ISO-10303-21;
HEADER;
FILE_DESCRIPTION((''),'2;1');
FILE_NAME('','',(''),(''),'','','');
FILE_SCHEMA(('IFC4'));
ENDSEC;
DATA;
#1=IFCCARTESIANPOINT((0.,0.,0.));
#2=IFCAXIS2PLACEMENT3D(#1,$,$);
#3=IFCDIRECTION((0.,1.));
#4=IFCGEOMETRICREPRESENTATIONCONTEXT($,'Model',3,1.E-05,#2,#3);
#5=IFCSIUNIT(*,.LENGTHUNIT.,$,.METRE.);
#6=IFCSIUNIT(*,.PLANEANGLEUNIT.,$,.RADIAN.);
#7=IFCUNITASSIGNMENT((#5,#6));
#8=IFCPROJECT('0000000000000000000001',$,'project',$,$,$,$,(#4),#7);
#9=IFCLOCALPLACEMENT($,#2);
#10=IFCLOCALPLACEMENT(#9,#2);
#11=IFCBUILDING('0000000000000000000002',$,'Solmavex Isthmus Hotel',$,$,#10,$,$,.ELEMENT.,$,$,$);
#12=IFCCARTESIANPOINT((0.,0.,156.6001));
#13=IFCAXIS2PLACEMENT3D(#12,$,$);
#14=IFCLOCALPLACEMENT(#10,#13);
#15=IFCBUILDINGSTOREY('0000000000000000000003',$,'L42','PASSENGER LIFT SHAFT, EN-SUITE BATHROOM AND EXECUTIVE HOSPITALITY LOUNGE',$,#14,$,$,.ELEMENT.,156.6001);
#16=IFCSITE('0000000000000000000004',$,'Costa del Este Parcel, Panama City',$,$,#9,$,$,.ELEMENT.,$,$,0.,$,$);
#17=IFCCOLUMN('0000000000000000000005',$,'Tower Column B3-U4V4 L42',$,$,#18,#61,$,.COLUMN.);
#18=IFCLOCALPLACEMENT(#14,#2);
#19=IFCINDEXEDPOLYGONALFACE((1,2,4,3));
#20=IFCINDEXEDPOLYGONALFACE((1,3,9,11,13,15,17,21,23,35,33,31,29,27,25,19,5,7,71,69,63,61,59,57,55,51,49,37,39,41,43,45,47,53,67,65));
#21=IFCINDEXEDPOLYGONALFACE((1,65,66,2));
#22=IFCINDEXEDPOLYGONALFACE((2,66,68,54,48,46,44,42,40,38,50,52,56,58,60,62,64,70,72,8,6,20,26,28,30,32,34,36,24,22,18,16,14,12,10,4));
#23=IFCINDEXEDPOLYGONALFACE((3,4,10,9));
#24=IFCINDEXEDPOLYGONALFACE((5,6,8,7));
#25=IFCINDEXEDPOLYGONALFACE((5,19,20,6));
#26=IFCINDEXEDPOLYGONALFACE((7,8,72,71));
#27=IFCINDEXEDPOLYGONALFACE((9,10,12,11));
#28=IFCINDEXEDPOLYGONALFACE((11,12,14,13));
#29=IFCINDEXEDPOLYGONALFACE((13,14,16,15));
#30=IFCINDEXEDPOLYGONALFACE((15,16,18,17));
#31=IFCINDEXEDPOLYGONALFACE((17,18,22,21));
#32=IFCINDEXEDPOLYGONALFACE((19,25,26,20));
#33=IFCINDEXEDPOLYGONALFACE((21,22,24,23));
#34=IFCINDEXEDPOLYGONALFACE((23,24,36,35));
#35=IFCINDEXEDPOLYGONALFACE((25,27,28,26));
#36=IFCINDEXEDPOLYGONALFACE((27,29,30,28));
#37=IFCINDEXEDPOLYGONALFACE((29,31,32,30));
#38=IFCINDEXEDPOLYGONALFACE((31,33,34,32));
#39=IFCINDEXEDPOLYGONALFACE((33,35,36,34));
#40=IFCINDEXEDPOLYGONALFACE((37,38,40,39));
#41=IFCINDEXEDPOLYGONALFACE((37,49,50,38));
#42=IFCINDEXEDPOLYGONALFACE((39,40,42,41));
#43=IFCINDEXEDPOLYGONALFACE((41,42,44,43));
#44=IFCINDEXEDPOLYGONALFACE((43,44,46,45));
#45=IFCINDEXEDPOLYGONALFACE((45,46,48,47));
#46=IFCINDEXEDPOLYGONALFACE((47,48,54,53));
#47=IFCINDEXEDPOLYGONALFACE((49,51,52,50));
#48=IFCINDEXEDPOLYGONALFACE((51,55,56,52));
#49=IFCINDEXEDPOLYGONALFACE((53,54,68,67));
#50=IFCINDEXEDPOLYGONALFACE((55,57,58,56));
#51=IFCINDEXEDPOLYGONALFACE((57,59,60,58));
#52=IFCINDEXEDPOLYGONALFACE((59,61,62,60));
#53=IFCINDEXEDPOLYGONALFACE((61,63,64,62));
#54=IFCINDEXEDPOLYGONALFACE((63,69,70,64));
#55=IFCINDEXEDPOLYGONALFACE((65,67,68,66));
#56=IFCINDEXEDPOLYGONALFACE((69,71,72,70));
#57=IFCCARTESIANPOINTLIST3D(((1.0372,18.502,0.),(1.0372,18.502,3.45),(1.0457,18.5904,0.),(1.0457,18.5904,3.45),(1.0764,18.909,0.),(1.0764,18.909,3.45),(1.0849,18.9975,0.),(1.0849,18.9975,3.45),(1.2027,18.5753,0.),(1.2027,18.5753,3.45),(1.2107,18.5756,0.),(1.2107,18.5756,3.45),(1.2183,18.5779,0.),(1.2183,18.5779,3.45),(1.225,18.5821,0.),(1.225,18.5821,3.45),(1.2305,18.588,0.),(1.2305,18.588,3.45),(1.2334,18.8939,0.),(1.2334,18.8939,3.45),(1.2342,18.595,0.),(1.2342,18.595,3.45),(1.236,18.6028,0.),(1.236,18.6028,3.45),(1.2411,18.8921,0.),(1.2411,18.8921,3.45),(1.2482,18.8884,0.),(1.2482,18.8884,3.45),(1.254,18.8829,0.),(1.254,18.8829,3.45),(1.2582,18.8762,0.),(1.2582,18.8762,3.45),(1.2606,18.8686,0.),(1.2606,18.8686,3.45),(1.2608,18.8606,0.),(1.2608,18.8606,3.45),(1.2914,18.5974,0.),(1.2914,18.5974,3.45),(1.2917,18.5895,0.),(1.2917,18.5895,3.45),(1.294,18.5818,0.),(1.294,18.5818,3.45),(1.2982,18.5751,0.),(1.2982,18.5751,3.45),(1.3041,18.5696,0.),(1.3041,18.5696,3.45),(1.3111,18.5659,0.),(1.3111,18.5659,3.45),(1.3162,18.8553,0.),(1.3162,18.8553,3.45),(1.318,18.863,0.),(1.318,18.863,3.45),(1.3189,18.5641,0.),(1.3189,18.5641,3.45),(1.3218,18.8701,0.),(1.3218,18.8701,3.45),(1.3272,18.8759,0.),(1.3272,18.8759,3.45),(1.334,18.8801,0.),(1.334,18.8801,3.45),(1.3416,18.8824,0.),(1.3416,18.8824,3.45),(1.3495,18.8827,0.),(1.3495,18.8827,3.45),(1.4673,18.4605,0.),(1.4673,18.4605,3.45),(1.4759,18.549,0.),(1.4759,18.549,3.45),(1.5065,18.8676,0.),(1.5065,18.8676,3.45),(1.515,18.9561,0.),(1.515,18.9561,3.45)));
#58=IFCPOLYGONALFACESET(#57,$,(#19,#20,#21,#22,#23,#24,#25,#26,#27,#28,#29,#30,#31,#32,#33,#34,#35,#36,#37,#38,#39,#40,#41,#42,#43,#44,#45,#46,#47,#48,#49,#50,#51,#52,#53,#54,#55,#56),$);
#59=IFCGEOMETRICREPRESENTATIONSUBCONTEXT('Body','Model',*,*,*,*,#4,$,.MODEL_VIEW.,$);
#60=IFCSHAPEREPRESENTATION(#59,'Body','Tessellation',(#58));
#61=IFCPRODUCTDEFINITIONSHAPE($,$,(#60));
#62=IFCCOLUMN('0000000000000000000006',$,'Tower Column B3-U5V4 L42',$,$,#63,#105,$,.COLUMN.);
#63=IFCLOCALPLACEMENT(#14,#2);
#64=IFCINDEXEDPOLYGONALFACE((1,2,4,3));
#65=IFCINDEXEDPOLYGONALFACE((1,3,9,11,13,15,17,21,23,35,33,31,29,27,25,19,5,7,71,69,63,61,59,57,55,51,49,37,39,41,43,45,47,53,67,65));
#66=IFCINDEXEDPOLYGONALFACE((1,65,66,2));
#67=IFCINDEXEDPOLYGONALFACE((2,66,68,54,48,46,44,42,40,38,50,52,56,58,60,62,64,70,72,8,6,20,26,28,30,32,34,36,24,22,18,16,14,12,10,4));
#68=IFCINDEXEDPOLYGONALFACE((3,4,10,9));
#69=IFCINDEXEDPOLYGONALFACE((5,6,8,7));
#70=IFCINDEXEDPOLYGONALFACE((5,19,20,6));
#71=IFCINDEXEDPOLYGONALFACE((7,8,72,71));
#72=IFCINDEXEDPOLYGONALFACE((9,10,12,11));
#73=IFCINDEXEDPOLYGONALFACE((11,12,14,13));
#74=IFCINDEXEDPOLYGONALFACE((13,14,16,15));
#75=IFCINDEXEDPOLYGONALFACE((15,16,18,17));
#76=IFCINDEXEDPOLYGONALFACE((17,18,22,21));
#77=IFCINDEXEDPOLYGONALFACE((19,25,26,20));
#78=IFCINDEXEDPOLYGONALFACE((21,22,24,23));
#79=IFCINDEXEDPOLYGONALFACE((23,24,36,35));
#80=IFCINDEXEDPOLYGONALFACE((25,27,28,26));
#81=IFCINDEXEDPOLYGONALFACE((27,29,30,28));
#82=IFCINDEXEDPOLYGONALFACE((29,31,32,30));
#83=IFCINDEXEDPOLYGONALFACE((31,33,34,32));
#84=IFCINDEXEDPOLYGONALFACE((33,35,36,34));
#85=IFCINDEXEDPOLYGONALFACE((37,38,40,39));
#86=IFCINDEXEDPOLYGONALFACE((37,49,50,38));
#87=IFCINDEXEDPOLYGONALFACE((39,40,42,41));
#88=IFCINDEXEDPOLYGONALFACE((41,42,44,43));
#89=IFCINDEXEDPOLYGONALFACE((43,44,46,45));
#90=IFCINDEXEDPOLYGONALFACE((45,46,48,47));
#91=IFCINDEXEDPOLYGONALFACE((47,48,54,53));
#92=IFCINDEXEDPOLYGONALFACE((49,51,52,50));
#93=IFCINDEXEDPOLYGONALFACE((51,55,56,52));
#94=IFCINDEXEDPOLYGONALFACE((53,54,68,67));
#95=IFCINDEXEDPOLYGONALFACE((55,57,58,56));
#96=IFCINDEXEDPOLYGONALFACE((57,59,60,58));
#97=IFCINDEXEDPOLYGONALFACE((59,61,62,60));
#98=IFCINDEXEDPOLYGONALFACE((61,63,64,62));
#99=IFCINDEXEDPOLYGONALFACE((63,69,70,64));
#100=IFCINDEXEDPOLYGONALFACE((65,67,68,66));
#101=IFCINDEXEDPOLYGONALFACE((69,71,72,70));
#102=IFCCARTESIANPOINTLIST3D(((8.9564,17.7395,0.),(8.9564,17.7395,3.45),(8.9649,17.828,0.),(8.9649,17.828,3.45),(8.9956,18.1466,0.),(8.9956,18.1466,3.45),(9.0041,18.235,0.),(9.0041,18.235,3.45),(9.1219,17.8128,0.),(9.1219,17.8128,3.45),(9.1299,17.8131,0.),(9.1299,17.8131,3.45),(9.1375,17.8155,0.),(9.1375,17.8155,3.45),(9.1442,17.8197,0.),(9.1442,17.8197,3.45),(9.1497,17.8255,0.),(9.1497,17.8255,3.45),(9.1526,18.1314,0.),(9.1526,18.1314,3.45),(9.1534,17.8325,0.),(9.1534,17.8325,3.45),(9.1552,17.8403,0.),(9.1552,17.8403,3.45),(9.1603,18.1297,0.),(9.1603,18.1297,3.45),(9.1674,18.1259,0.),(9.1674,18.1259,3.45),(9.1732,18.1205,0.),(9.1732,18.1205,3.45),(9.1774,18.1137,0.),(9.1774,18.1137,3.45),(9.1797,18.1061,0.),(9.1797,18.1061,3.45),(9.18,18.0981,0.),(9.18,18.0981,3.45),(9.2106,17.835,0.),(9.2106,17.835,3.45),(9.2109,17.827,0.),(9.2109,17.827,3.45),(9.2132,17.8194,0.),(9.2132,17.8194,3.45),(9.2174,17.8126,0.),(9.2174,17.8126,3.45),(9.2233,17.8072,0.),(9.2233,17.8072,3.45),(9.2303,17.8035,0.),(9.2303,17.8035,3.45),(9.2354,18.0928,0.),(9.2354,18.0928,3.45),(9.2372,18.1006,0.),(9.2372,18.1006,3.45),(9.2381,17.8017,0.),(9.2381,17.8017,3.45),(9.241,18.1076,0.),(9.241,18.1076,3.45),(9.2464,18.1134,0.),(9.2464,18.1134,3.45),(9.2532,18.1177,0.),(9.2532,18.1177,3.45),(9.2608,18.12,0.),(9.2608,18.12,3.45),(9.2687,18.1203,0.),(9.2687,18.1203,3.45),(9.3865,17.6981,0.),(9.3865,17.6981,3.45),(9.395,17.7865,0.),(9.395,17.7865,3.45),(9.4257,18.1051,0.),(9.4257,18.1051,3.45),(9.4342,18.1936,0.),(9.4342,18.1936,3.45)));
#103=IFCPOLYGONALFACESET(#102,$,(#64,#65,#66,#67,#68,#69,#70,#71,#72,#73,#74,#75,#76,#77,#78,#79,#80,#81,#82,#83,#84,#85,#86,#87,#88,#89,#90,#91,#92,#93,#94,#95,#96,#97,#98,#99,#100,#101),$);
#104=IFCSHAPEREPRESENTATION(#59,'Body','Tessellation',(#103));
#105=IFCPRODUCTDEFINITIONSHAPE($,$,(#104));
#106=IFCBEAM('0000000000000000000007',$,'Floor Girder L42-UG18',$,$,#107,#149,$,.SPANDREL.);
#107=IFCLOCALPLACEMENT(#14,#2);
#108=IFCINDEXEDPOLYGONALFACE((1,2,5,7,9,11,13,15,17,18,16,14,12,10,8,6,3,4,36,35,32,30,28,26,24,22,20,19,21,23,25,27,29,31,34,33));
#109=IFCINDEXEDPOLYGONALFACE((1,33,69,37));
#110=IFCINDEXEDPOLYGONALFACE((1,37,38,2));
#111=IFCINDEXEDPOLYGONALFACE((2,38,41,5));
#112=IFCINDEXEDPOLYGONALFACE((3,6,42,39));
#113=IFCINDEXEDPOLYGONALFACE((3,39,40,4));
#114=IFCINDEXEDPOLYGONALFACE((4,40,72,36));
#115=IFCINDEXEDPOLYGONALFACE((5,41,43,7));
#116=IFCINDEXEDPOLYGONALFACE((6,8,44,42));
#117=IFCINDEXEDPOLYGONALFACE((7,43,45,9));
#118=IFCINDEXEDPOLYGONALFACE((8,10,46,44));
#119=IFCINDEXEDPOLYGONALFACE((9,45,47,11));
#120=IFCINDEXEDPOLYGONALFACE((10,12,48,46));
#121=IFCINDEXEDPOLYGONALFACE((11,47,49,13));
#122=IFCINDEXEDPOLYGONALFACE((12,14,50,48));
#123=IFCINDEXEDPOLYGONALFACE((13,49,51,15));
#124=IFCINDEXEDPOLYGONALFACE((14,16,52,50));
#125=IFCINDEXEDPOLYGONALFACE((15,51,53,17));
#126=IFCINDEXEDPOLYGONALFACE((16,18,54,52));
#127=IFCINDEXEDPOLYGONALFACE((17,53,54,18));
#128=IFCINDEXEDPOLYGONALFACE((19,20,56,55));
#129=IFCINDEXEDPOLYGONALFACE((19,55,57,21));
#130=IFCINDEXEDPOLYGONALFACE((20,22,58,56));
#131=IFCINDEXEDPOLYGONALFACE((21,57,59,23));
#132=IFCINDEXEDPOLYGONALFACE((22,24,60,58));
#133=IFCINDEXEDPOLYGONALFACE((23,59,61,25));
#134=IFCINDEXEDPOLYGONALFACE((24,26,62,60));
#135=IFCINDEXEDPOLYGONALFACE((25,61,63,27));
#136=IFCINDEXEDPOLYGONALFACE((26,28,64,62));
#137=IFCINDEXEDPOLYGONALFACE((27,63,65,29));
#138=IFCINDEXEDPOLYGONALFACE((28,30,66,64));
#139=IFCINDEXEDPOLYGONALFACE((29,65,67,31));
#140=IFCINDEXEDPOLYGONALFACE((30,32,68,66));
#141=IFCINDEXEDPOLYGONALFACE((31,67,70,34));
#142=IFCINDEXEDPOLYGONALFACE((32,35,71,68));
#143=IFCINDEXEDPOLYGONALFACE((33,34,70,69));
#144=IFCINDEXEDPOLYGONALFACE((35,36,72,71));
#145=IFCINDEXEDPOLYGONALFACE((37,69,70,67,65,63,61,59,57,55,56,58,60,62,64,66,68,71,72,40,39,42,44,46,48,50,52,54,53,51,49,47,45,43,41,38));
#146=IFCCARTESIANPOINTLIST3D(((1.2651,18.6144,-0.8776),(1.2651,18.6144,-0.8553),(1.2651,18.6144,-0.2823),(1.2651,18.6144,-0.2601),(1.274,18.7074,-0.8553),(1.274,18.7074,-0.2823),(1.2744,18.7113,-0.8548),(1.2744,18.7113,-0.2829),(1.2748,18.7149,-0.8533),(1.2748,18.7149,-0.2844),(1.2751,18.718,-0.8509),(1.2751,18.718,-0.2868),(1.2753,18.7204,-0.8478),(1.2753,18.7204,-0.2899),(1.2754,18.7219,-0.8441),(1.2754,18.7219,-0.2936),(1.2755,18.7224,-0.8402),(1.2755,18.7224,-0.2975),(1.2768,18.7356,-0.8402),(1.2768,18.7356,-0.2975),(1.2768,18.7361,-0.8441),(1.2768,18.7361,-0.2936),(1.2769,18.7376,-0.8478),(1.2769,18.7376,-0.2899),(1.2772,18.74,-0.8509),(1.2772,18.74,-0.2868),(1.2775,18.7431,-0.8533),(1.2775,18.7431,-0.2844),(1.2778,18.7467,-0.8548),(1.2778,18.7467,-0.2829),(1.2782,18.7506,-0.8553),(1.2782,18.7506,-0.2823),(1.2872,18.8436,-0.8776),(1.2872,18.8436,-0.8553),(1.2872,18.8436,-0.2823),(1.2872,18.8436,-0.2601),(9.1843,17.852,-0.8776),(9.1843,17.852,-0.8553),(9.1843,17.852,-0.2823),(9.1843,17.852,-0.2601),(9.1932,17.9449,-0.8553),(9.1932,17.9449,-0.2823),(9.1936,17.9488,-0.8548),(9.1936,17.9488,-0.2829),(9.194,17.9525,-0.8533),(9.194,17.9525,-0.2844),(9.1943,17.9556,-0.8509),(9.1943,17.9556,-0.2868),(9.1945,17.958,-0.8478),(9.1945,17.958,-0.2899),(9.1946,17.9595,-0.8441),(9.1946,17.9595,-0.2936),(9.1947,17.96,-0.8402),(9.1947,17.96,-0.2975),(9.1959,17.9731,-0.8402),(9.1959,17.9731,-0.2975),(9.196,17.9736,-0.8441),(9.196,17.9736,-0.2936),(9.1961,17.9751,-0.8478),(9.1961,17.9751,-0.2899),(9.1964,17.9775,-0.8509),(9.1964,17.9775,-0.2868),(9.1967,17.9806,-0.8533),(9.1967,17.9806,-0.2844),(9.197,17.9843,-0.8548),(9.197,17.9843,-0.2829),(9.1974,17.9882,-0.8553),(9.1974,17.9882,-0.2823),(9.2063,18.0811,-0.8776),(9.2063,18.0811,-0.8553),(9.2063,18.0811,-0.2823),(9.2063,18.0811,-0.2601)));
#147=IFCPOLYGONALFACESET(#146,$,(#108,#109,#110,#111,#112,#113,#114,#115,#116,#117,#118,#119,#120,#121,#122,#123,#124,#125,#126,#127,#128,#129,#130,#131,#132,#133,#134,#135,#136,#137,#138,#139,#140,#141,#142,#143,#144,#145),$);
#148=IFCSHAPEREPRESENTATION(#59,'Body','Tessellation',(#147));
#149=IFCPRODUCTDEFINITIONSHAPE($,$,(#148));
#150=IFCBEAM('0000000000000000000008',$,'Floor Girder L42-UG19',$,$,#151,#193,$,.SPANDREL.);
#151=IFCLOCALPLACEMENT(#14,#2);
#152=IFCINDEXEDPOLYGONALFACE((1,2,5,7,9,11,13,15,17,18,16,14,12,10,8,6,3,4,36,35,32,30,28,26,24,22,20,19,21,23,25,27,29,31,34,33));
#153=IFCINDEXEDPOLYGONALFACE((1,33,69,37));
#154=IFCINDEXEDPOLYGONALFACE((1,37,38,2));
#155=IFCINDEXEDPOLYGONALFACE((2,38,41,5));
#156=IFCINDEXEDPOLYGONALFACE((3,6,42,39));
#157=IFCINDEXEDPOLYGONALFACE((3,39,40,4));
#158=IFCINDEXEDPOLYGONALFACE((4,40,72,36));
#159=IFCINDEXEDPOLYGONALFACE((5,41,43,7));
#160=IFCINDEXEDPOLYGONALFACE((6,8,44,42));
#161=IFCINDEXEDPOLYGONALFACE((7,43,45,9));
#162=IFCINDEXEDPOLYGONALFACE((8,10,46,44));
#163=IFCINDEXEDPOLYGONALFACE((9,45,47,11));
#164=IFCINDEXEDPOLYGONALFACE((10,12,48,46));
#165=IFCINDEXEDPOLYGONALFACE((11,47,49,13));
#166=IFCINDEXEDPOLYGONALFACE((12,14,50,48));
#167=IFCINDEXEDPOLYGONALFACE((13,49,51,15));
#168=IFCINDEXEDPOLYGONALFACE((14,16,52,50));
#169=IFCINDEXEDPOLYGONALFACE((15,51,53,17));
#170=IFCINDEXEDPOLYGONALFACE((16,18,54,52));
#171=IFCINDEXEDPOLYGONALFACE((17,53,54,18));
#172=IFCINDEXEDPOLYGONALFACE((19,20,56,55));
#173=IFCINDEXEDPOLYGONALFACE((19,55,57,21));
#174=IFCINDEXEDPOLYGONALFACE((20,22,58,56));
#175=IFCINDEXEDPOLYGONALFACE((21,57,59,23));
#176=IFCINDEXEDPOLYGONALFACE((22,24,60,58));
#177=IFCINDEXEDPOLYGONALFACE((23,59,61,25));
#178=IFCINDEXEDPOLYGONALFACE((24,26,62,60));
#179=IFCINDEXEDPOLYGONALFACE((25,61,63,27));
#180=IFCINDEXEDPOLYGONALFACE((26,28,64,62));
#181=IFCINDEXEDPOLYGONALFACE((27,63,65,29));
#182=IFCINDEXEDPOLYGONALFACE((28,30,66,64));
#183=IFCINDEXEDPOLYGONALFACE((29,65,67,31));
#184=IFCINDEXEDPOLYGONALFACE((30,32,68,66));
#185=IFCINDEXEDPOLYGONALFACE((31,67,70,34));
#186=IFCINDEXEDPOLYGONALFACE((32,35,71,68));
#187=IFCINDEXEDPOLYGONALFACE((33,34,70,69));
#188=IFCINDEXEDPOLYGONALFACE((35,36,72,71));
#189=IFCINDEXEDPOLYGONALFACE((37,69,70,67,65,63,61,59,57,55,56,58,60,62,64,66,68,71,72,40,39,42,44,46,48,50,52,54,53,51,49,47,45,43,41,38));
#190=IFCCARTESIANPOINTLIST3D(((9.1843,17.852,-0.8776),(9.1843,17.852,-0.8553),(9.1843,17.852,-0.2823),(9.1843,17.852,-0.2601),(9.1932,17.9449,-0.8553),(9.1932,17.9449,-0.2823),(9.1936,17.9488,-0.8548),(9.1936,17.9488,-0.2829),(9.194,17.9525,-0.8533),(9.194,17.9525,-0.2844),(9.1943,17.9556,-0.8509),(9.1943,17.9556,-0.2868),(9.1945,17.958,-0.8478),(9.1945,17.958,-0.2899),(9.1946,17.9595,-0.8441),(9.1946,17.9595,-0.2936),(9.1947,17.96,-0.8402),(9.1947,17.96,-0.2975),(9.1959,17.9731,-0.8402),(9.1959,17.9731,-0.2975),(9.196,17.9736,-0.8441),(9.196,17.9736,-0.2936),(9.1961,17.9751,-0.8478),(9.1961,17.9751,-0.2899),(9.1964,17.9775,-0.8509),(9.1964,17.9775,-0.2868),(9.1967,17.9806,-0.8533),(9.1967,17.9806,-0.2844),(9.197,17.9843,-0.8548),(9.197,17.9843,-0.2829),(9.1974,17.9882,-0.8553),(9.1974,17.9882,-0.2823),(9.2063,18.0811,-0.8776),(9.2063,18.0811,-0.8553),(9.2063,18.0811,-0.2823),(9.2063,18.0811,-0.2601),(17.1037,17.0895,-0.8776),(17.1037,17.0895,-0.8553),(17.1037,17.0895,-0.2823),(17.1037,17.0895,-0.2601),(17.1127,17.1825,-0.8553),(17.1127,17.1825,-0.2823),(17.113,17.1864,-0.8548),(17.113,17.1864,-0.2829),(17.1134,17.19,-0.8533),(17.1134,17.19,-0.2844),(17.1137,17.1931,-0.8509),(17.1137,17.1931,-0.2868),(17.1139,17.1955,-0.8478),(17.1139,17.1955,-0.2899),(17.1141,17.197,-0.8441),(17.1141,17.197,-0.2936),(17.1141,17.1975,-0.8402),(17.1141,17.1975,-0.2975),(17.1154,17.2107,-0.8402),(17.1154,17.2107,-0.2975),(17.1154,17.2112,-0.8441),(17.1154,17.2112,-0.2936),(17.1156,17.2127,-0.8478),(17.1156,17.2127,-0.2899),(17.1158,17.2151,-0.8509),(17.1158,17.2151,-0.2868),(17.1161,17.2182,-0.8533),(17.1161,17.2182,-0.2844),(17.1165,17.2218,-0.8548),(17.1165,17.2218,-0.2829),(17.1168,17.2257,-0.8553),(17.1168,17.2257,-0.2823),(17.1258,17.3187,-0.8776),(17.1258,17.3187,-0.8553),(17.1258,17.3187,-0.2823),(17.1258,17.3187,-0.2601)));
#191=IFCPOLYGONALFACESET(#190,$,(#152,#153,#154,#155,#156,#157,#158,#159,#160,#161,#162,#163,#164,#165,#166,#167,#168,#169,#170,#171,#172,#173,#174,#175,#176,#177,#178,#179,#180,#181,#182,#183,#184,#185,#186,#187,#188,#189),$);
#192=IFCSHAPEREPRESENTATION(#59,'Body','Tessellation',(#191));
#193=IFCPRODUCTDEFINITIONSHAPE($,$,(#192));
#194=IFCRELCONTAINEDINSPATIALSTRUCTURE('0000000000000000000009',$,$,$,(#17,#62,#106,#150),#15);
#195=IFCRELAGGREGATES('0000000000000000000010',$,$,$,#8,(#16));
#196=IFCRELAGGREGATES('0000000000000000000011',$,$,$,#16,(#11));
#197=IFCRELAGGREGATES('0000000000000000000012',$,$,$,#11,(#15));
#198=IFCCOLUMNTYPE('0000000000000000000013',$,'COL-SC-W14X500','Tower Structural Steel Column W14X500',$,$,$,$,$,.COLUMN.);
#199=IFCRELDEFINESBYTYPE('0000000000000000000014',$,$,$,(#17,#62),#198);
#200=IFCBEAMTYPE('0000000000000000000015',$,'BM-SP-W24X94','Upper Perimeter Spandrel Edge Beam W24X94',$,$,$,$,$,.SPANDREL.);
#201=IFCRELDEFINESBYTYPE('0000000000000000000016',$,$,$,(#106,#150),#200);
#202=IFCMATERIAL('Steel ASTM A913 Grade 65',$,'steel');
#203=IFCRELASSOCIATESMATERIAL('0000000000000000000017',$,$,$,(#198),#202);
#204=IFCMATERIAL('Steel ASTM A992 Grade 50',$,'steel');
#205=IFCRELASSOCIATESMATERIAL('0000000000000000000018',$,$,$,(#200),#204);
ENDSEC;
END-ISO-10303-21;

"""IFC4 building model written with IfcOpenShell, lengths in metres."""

from ifc_helpers import new_model, si_unit, direction, frame, origin, origin_2d, place, context, subcontext, project, spatial, i_section, extrude, material, material_profile, profile_set, type_object, element, save


model = new_model("IFC4")

# Units and contexts
model_context = context("Model", 3, precision=1e-05, world=origin(), true_north=direction((0.0, 1.0)))
body_context = subcontext(model_context, "Body", "Model", "MODEL_VIEW")
ifc_project = project(units=[si_unit("LENGTHUNIT", "METRE"), si_unit("PLANEANGLEUNIT", "RADIAN")], contexts=[model_context])

# Site, building, storey
site_placement = place(None, origin())
site = spatial("IfcSite", under=ifc_project, at=site_placement, Name="Costa del Este Parcel, Panama City", CompositionType="ELEMENT", RefElevation=0.0)
building_placement = place(site_placement, origin())
building = spatial("IfcBuilding", under=site, at=building_placement, Name="Solmavex Isthmus Hotel", CompositionType="ELEMENT")
storey_placement = place(building_placement, frame((0.0, 0.0, 156.6001)))
storey = spatial("IfcBuildingStorey", under=building, at=storey_placement, Name="L42", Description="PASSENGER LIFT SHAFT, EN-SUITE BATHROOM AND EXECUTIVE HOSPITALITY LOUNGE", CompositionType="ELEMENT", Elevation=156.6001)

# Columns
ifc_material_1 = material(Name="Steel ASTM A913 Grade 65", Category="steel")
ifc_material_profile_1 = material_profile(ifc_material_1, i_section(OverallWidth=0.4321, OverallDepth=0.4978, WebThickness=0.0557, FlangeThickness=0.0889, FilletRadius=0.0305, at=origin_2d()), Name="W14X500")
ifc_profile_set_1 = profile_set([ifc_material_profile_1], Name="Steel ASTM A913 Grade 65")
column_type = type_object("IfcColumnType", Name="COL-SC-W14X500", Description="Tower Structural Steel Column W14X500", PredefinedType="COLUMN", material=ifc_profile_set_1)
for number, where, z_axis, x_axis, name in (
    (1, (1.2761, 18.729, 0.0), (0.0, 0.0, 1.0), (0.995396, -0.095846, 0.0), "Tower Column B3-U4V4 L42"),
    (2, (9.1953, 17.9666, 0.0), (0.0, 0.0, 1.0), (0.995396, -0.095846, 0.0), "Tower Column B3-U5V4 L42"),
):
    element("IfcColumn", number, at=place(storey_placement, frame(where, z_axis=z_axis, x_axis=x_axis)), inside=storey, type_object=column_type, Name=name, PredefinedType="COLUMN", context=body_context, shape_type="SweptSolid", body=[
        extrude(i_section(OverallWidth=0.4321, OverallDepth=0.4978, WebThickness=0.0557, FlangeThickness=0.0889, FilletRadius=0.0305, at=origin_2d()), origin(), (0.0, 0.0, 1.0), 3.45),
    ])

# Beams
ifc_material_2 = material(Name="Steel ASTM A992 Grade 50", Category="steel")
ifc_material_profile_2 = material_profile(ifc_material_2, i_section(OverallWidth=0.2302, OverallDepth=0.6174, WebThickness=0.0132, FlangeThickness=0.0222, FilletRadius=0.0151, at=origin_2d()), Name="W24X94")
ifc_profile_set_2 = profile_set([ifc_material_profile_2], Name="Steel ASTM A992 Grade 50")
beam_type = type_object("IfcBeamType", Name="BM-SP-W24X94", Description="Upper Perimeter Spandrel Edge Beam W24X94", PredefinedType="SPANDREL", material=ifc_profile_set_2)
beam_1_placement = place(storey_placement, frame((1.2761, 18.729, -0.5688), z_axis=(0.995397, -0.095836, 0.0), x_axis=(0.095836, 0.995397, 0.0)))
element("IfcBeam", 3, at=beam_1_placement, inside=storey, type_object=beam_type, Name="Floor Girder L42-UG18", PredefinedType="SPANDREL", context=body_context, shape_type="SweptSolid", body=[
    extrude(i_section(OverallWidth=0.2302, OverallDepth=0.6174, WebThickness=0.0132, FlangeThickness=0.0222, FilletRadius=0.0151, at=origin_2d()), origin(), (0.0, 0.0, 1.0), 7.9558),
])
beam_2_placement = place(storey_placement, frame((9.1953, 17.9666, -0.5688), z_axis=(0.995397, -0.095833, 0.0), x_axis=(0.095833, 0.995397, 0.0)))
element("IfcBeam", 4, at=beam_2_placement, inside=storey, type_object=beam_type, Name="Floor Girder L42-UG19", PredefinedType="SPANDREL", context=body_context, shape_type="SweptSolid", body=[
    extrude(i_section(OverallWidth=0.2302, OverallDepth=0.6174, WebThickness=0.0132, FlangeThickness=0.0222, FilletRadius=0.0151, at=origin_2d()), origin(), (0.0, 0.0, 1.0), 7.9561),
])

save(model, "model.ifc")
